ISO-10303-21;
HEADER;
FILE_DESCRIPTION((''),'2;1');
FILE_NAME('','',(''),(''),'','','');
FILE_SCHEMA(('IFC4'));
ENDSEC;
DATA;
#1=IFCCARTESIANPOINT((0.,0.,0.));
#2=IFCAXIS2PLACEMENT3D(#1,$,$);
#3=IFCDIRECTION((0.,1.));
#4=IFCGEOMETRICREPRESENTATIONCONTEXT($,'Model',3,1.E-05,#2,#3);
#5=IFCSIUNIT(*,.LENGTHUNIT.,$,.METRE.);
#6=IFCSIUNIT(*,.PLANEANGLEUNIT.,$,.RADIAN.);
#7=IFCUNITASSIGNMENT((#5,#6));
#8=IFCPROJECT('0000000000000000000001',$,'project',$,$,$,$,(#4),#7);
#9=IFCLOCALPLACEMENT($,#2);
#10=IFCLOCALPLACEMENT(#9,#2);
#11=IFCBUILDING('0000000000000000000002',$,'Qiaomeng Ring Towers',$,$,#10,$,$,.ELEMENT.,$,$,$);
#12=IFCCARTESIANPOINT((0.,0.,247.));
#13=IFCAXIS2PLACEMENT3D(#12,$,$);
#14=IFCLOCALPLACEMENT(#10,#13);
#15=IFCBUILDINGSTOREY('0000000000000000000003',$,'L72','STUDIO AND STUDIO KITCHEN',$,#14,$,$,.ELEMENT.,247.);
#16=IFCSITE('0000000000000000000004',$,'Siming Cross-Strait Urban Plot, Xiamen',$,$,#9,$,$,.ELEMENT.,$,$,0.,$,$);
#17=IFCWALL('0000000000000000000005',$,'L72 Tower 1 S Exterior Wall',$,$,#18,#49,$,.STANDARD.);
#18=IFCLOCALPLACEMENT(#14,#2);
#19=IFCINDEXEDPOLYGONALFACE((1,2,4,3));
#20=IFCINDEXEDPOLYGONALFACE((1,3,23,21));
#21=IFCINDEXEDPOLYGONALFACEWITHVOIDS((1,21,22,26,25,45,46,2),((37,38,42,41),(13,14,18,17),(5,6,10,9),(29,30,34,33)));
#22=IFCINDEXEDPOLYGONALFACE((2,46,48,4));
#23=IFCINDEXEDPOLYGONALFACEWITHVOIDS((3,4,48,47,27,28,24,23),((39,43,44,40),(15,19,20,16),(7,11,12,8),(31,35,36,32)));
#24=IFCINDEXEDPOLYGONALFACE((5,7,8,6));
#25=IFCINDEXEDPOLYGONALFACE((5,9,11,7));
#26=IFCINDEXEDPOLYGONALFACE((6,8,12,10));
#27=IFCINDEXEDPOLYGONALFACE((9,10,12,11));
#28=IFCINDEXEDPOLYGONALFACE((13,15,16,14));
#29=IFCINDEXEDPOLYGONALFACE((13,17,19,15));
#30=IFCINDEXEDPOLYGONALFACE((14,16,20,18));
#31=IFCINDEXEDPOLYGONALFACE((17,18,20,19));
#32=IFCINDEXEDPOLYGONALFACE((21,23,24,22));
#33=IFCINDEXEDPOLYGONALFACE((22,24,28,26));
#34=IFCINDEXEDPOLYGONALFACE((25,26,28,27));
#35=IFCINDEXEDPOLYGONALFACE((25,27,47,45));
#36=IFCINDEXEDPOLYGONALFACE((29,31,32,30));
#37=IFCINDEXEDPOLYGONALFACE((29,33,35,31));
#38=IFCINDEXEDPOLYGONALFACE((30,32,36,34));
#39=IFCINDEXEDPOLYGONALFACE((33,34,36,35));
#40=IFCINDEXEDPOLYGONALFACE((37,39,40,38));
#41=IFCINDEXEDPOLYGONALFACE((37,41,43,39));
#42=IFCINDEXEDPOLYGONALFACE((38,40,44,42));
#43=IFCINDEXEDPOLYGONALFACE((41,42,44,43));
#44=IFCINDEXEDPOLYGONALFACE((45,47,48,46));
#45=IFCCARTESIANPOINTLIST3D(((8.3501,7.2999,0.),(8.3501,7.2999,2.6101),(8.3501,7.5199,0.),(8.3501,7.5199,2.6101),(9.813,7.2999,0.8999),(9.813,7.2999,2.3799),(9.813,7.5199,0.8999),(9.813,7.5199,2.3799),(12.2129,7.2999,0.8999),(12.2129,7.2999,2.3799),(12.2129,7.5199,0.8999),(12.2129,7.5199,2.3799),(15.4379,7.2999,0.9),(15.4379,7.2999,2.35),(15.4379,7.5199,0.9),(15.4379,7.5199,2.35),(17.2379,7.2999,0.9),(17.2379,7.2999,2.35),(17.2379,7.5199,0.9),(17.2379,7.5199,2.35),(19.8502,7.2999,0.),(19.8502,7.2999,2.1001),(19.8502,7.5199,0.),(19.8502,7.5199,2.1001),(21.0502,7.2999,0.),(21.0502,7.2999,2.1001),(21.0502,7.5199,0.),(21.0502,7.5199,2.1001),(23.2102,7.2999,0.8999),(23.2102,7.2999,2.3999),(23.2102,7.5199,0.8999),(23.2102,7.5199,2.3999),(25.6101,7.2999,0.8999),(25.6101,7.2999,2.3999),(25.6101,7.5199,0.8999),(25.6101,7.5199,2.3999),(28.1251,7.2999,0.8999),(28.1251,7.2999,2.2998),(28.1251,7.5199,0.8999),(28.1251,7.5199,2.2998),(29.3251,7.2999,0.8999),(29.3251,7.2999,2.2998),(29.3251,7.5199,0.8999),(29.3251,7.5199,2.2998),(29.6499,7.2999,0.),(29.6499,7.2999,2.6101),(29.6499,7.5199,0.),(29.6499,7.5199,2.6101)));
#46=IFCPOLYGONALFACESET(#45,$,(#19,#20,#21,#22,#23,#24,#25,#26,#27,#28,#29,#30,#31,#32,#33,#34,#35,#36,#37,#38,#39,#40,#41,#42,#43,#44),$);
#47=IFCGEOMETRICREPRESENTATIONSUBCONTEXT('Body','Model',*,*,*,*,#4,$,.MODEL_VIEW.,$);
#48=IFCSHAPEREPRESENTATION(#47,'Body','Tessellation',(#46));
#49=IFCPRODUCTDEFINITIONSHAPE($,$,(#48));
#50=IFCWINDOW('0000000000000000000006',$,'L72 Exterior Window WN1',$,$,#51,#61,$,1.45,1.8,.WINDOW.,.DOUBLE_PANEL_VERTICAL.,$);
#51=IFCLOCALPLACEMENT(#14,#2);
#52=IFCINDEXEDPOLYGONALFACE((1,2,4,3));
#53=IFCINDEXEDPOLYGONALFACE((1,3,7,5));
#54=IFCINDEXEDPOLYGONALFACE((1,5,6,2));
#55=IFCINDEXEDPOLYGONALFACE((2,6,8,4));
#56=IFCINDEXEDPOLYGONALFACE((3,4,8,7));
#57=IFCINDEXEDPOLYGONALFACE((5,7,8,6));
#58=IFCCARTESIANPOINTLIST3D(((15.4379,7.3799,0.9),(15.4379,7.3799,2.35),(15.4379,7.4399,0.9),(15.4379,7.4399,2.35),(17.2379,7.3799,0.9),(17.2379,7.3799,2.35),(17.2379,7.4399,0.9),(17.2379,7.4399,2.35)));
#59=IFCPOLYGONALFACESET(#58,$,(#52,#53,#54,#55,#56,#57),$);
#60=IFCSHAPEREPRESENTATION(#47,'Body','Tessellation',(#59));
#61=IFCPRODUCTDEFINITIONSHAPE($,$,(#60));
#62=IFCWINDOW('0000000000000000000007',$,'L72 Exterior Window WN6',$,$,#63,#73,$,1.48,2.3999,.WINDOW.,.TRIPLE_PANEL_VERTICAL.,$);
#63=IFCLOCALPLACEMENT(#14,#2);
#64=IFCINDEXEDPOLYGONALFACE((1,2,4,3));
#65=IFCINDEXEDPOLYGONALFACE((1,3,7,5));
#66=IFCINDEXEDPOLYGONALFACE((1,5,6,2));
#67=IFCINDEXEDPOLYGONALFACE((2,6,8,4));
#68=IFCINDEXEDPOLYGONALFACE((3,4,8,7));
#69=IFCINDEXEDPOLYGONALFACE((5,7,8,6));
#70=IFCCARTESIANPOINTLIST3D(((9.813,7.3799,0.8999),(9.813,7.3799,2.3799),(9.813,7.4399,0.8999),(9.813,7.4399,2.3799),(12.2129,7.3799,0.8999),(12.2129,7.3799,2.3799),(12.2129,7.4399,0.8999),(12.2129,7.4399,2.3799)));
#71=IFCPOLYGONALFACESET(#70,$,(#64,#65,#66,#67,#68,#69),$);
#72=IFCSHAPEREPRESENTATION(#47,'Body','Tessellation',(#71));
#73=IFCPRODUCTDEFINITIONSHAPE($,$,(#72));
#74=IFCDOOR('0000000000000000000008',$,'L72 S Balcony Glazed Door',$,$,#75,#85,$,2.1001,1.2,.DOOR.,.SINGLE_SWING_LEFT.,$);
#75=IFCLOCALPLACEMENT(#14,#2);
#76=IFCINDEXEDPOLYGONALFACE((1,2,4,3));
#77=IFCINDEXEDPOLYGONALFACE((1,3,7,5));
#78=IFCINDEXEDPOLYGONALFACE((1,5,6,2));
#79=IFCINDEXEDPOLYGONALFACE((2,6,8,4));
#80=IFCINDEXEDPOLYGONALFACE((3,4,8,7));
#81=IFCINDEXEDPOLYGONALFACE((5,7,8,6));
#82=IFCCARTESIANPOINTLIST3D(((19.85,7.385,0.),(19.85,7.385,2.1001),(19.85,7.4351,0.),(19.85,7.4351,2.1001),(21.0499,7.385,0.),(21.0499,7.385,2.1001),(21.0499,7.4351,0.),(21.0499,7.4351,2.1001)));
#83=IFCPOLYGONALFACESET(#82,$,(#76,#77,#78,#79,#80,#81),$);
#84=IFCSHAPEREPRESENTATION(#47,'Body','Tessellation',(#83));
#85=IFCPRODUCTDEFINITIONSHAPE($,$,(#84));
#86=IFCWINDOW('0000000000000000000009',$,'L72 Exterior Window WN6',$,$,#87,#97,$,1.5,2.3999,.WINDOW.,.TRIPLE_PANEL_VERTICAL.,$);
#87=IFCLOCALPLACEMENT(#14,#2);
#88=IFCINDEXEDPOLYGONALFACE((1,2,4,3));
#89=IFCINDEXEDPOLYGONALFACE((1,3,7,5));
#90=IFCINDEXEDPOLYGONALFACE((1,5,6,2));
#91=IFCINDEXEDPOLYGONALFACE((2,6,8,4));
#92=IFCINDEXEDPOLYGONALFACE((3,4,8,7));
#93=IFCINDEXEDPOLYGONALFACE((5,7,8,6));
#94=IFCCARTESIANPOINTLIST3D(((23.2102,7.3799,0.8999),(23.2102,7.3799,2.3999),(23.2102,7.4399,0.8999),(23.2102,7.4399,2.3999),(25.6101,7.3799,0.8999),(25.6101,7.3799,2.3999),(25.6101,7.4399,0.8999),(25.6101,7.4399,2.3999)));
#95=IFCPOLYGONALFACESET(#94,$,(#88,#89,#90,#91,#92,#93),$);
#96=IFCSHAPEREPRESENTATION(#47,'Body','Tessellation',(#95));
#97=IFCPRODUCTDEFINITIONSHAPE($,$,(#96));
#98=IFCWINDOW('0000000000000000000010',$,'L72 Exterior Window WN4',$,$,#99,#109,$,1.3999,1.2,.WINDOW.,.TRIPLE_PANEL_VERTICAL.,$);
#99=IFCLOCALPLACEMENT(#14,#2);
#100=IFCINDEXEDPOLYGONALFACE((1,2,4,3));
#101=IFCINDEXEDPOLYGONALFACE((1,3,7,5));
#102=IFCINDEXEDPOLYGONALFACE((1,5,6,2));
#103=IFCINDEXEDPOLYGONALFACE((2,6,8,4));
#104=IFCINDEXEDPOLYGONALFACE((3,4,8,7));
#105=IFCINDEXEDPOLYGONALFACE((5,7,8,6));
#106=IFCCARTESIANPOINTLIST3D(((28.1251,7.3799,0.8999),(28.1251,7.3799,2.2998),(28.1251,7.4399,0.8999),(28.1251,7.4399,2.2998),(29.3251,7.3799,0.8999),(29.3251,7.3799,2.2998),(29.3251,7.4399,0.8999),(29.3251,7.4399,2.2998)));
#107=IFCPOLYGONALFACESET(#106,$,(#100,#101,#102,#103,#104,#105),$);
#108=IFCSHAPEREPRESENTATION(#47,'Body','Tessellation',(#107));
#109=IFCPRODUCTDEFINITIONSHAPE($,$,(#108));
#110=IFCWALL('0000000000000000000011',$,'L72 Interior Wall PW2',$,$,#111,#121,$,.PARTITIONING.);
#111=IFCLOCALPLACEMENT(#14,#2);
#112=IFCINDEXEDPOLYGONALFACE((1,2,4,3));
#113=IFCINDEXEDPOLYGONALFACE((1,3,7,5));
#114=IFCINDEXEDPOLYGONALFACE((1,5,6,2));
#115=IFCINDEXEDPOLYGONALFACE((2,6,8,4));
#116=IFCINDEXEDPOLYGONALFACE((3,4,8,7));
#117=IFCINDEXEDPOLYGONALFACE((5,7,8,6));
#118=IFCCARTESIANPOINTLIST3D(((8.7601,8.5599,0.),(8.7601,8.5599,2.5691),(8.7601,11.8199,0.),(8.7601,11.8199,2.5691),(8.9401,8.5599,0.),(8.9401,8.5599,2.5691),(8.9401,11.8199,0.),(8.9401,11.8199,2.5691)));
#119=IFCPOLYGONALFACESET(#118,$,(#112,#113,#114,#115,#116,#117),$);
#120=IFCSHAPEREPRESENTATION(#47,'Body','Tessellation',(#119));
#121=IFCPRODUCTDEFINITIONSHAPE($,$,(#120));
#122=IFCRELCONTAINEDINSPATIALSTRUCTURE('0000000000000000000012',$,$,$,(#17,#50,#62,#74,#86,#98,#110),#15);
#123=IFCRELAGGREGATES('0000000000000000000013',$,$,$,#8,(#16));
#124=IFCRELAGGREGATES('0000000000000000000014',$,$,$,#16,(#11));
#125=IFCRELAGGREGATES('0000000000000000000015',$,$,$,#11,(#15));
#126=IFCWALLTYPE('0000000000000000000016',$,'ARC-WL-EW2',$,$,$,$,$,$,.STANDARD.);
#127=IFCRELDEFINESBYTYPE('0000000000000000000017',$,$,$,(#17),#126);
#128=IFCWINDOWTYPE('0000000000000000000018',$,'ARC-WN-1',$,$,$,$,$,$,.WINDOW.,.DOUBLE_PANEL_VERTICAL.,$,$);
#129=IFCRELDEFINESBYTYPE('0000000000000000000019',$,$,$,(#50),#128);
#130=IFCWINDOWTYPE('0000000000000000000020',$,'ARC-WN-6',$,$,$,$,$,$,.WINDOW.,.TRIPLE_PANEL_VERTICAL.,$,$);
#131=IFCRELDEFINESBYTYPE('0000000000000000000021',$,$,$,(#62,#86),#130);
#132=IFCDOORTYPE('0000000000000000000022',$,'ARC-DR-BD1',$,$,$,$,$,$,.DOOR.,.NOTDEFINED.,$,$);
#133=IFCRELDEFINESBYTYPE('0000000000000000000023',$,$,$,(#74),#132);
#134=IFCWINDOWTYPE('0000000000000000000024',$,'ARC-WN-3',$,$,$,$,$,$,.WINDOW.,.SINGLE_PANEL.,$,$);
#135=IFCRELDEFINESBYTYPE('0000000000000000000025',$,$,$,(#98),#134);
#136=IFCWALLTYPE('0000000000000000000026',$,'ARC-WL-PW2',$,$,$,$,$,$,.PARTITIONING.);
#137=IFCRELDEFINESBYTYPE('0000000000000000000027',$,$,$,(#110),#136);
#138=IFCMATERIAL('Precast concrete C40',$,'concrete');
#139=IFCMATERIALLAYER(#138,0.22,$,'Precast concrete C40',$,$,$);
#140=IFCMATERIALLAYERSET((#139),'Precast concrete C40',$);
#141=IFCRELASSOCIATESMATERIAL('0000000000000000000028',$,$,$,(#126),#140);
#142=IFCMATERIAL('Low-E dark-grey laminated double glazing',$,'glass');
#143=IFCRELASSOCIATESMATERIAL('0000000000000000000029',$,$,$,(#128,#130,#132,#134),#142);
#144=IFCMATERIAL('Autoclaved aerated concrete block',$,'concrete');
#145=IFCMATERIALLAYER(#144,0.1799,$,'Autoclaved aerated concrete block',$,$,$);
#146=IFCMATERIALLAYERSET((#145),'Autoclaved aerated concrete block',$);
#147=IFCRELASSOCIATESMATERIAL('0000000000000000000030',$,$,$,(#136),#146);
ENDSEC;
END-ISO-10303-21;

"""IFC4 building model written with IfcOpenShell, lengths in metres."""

from ifc_helpers import new_model, si_unit, direction, frame, frame_2d, origin, place, context, subcontext, project, spatial, rectangle, extrude, source, transform, mapped, material, layer, layer_set, type_object, element, fill, save


model = new_model("IFC4")

# Units and contexts
model_context = context("Model", 3, precision=1e-05, world=origin(), true_north=direction((0.0, 1.0)))
body_context = subcontext(model_context, "Body", "Model", "MODEL_VIEW")
ifc_project = project(units=[si_unit("LENGTHUNIT", "METRE"), si_unit("PLANEANGLEUNIT", "RADIAN")], contexts=[model_context])

# Site, building, storey
site_placement = place(None, origin())
site = spatial("IfcSite", under=ifc_project, at=site_placement, Name="Siming Cross-Strait Urban Plot, Xiamen", CompositionType="ELEMENT", RefElevation=0.0)
building_placement = place(site_placement, origin())
building = spatial("IfcBuilding", under=site, at=building_placement, Name="Qiaomeng Ring Towers", CompositionType="ELEMENT")
storey_placement = place(building_placement, frame((0.0, 0.0, 247.0)))
storey = spatial("IfcBuildingStorey", under=building, at=storey_placement, Name="L72", Description="STUDIO AND STUDIO KITCHEN", CompositionType="ELEMENT", Elevation=247.0)

# Shared definitions
ifc_material_1 = material(Name="Low-E dark-grey laminated double glazing", Category="glass")

# Wall, openings, windows, door
ifc_material_2 = material(Name="Precast concrete C40", Category="concrete")
ifc_layer_1 = layer(ifc_material_2, 0.22, Name="Precast concrete C40")
ifc_layer_set_1 = layer_set([ifc_layer_1], Name="Precast concrete C40")
wall_type_1 = type_object("IfcWallType", Name="ARC-WL-EW2", PredefinedType="STANDARD", material=ifc_layer_set_1)
wall_1_placement = place(storey_placement, frame((8.3501, 7.4099, 0.0), z_axis=(0.0, 0.0, 1.0), x_axis=(1.0, 0.0, 0.0)))
wall_1 = element("IfcWall", 1, at=wall_1_placement, inside=storey, type_object=wall_type_1, Name="L72 Tower 1 S Exterior Wall", PredefinedType="STANDARD", context=body_context, shape_type="SweptSolid", body=[
    extrude(rectangle(XDim=21.2998, YDim=0.22, at=frame_2d((10.6499, 0.0))), origin(), (0.0, 0.0, 1.0), 2.6101),
])
opening_1_placement = place(wall_1_placement, frame((11.5, 0.0, 0.0)))
opening_1 = element("IfcOpeningElement", 2, at=opening_1_placement, cuts=wall_1, PredefinedType="OPENING", context=body_context, shape_type="SweptSolid", body=[
    extrude(rectangle(XDim=1.2, YDim=2.1001, at=frame_2d((0.6001, 1.05))), frame((0.0, 0.1199, 0.0), z_axis=(0.0, -1.0, 0.0), x_axis=(1.0, 0.0, 0.0)), (0.0, 0.0, 1.0), 0.24),
])
opening_2_placement = place(wall_1_placement, frame((1.4629, 0.0, 0.8999)))
opening_2 = element("IfcOpeningElement", 3, at=opening_2_placement, cuts=wall_1, PredefinedType="OPENING", context=body_context, shape_type="SweptSolid", body=[
    extrude(rectangle(XDim=2.3999, YDim=1.48, at=frame_2d((1.2, 0.74))), frame((0.0, 0.1199, 0.0), z_axis=(0.0, -1.0, 0.0), x_axis=(1.0, 0.0, 0.0)), (0.0, 0.0, 1.0), 0.24),
])
opening_3_placement = place(wall_1_placement, frame((7.0879, 0.0, 0.8999)))
opening_3 = element("IfcOpeningElement", 4, at=opening_3_placement, cuts=wall_1, PredefinedType="OPENING", context=body_context, shape_type="SweptSolid", body=[
    extrude(rectangle(XDim=1.8, YDim=1.45, at=frame_2d((0.8999, 0.7251))), frame((0.0, 0.1199, 0.0), z_axis=(0.0, -1.0, 0.0), x_axis=(1.0, 0.0, 0.0)), (0.0, 0.0, 1.0), 0.24),
])
opening_4_placement = place(wall_1_placement, frame((19.7749, 0.0, 0.8999)))
opening_4 = element("IfcOpeningElement", 5, at=opening_4_placement, cuts=wall_1, PredefinedType="OPENING", context=body_context, shape_type="SweptSolid", body=[
    extrude(rectangle(XDim=1.2, YDim=1.3999, at=frame_2d((0.6001, 0.7))), frame((0.0, 0.1199, 0.0), z_axis=(0.0, -1.0, 0.0), x_axis=(1.0, 0.0, 0.0)), (0.0, 0.0, 1.0), 0.24),
])
opening_5_placement = place(wall_1_placement, frame((14.8601, 0.0, 0.8999)))
opening_5 = element("IfcOpeningElement", 6, at=opening_5_placement, cuts=wall_1, PredefinedType="OPENING", context=body_context, shape_type="SweptSolid", body=[
    extrude(rectangle(XDim=2.3999, YDim=1.5, at=frame_2d((1.2, 0.75))), frame((0.0, 0.1199, 0.0), z_axis=(0.0, -1.0, 0.0), x_axis=(1.0, 0.0, 0.0)), (0.0, 0.0, 1.0), 0.24),
])
window_type_1 = type_object("IfcWindowType", Name="ARC-WN-1", PartitioningType="DOUBLE_PANEL_VERTICAL", PredefinedType="WINDOW", material=ifc_material_1)
shared_shape_1 = source(origin(), body_context, "Body", "SweptSolid", [
    extrude(rectangle(XDim=1.8, YDim=1.45, at=frame_2d((0.8999, 0.7251))), frame((0.0, 0.03, 0.0), z_axis=(0.0, -1.0, 0.0), x_axis=(1.0, 0.0, 0.0)), (0.0, 0.0, 1.0), 0.0601),
])
window_1_placement = place(opening_3_placement, origin())
window_1 = element("IfcWindow", 7, at=window_1_placement, inside=storey, type_object=window_type_1, Name="L72 Exterior Window WN1", OverallHeight=1.45, OverallWidth=1.8, PartitioningType="DOUBLE_PANEL_VERTICAL", PredefinedType="WINDOW", context=body_context, shape_type="MappedRepresentation", body=[
    mapped(shared_shape_1, transform((0.0, 0.0, 0.0), x_axis=(1.0, 0.0, 0.0), y_axis=(0.0, 1.0, 0.0), z_axis=(0.0, 0.0, 1.0), scale=1.0)),
])
fill(opening_3, window_1)
window_type_2 = type_object("IfcWindowType", Name="ARC-WN-6", PartitioningType="TRIPLE_PANEL_VERTICAL", PredefinedType="WINDOW", material=ifc_material_1)
shared_shape_2 = source(origin(), body_context, "Body", "SweptSolid", [
    extrude(rectangle(XDim=2.3999, YDim=1.48, at=frame_2d((1.2, 0.74))), frame((0.0, 0.03, 0.0), z_axis=(0.0, -1.0, 0.0), x_axis=(1.0, 0.0, 0.0)), (0.0, 0.0, 1.0), 0.0601),
])
window_2_placement = place(opening_2_placement, origin())
window_2 = element("IfcWindow", 8, at=window_2_placement, inside=storey, type_object=window_type_2, Name="L72 Exterior Window WN6", OverallHeight=1.48, OverallWidth=2.3999, PartitioningType="TRIPLE_PANEL_VERTICAL", PredefinedType="WINDOW", context=body_context, shape_type="MappedRepresentation", body=[
    mapped(shared_shape_2, transform((0.0, 0.0, 0.0), x_axis=(1.0, 0.0, 0.0), y_axis=(0.0, 1.0, 0.0), z_axis=(0.0, 0.0, 1.0), scale=1.0)),
])
fill(opening_2, window_2)
door_type_1 = type_object("IfcDoorType", Name="ARC-DR-BD1", OperationType="NOTDEFINED", PredefinedType="DOOR", material=ifc_material_1)
shared_shape_3 = source(origin(), body_context, "Body", "SweptSolid", [
    extrude(rectangle(XDim=1.2, YDim=2.1001, at=frame_2d((0.6001, 1.05))), frame((0.0, 0.0249, 0.0), z_axis=(0.0, -1.0, 0.0), x_axis=(1.0, 0.0, 0.0)), (0.0, 0.0, 1.0), 0.05),
])
door_1_placement = place(opening_1_placement, frame((1.2, 0.0, 0.0), z_axis=(0.0, 0.0, 1.0), x_axis=(-1.0, 0.0, 0.0)))
door_1 = element("IfcDoor", 9, at=door_1_placement, inside=storey, type_object=door_type_1, Name="L72 S Balcony Glazed Door", OperationType="SINGLE_SWING_LEFT", OverallHeight=2.1001, OverallWidth=1.2, PredefinedType="DOOR", context=body_context, shape_type="MappedRepresentation", body=[
    mapped(shared_shape_3, transform((0.0, 0.0, 0.0), x_axis=(1.0, 0.0, 0.0), y_axis=(0.0, 1.0, 0.0), z_axis=(0.0, 0.0, 1.0), scale=1.0)),
])
fill(opening_1, door_1)
shared_shape_4 = source(origin(), body_context, "Body", "SweptSolid", [
    extrude(rectangle(XDim=2.3999, YDim=1.5, at=frame_2d((1.2, 0.75))), frame((0.0, 0.03, 0.0), z_axis=(0.0, -1.0, 0.0), x_axis=(1.0, 0.0, 0.0)), (0.0, 0.0, 1.0), 0.0601),
])
window_3_placement = place(opening_5_placement, origin())
window_3 = element("IfcWindow", 10, at=window_3_placement, inside=storey, type_object=window_type_2, Name="L72 Exterior Window WN6", OverallHeight=1.5, OverallWidth=2.3999, PartitioningType="TRIPLE_PANEL_VERTICAL", PredefinedType="WINDOW", context=body_context, shape_type="MappedRepresentation", body=[
    mapped(shared_shape_4, transform((0.0, 0.0, 0.0), x_axis=(1.0, 0.0, 0.0), y_axis=(0.0, 1.0, 0.0), z_axis=(0.0, 0.0, 1.0), scale=1.0)),
])
fill(opening_5, window_3)
window_type_3 = type_object("IfcWindowType", Name="ARC-WN-3", PartitioningType="SINGLE_PANEL", PredefinedType="WINDOW", material=ifc_material_1)
shared_shape_5 = source(origin(), body_context, "Body", "SweptSolid", [
    extrude(rectangle(XDim=1.2, YDim=1.3999, at=frame_2d((0.6001, 0.7))), frame((0.0, 0.03, 0.0), z_axis=(0.0, -1.0, 0.0), x_axis=(1.0, 0.0, 0.0)), (0.0, 0.0, 1.0), 0.0601),
])
window_4_placement = place(opening_4_placement, origin())
window_4 = element("IfcWindow", 11, at=window_4_placement, inside=storey, type_object=window_type_3, Name="L72 Exterior Window WN4", OverallHeight=1.3999, OverallWidth=1.2, PartitioningType="TRIPLE_PANEL_VERTICAL", PredefinedType="WINDOW", context=body_context, shape_type="MappedRepresentation", body=[
    mapped(shared_shape_5, transform((0.0, 0.0, 0.0), x_axis=(1.0, 0.0, 0.0), y_axis=(0.0, 1.0, 0.0), z_axis=(0.0, 0.0, 1.0), scale=1.0)),
])
fill(opening_4, window_4)

# Wall
ifc_material_3 = material(Name="Autoclaved aerated concrete block", Category="concrete")
ifc_layer_2 = layer(ifc_material_3, 0.1799, Name="Autoclaved aerated concrete block")
ifc_layer_set_2 = layer_set([ifc_layer_2], Name="Autoclaved aerated concrete block")
wall_type_2 = type_object("IfcWallType", Name="ARC-WL-PW2", PredefinedType="PARTITIONING", material=ifc_layer_set_2)
wall_2_placement = place(storey_placement, frame((8.8501, 8.5601, 0.0), z_axis=(0.0, 0.0, 1.0), x_axis=(0.0, 1.0, 0.0)))
element("IfcWall", 12, at=wall_2_placement, inside=storey, type_object=wall_type_2, Name="L72 Interior Wall PW2", PredefinedType="PARTITIONING", context=body_context, shape_type="SweptSolid", body=[
    extrude(rectangle(XDim=3.26, YDim=0.1799, at=frame_2d((1.6299, 0.0))), origin(), (0.0, 0.0, 1.0), 2.5691),
])

save(model, "model.ifc")
